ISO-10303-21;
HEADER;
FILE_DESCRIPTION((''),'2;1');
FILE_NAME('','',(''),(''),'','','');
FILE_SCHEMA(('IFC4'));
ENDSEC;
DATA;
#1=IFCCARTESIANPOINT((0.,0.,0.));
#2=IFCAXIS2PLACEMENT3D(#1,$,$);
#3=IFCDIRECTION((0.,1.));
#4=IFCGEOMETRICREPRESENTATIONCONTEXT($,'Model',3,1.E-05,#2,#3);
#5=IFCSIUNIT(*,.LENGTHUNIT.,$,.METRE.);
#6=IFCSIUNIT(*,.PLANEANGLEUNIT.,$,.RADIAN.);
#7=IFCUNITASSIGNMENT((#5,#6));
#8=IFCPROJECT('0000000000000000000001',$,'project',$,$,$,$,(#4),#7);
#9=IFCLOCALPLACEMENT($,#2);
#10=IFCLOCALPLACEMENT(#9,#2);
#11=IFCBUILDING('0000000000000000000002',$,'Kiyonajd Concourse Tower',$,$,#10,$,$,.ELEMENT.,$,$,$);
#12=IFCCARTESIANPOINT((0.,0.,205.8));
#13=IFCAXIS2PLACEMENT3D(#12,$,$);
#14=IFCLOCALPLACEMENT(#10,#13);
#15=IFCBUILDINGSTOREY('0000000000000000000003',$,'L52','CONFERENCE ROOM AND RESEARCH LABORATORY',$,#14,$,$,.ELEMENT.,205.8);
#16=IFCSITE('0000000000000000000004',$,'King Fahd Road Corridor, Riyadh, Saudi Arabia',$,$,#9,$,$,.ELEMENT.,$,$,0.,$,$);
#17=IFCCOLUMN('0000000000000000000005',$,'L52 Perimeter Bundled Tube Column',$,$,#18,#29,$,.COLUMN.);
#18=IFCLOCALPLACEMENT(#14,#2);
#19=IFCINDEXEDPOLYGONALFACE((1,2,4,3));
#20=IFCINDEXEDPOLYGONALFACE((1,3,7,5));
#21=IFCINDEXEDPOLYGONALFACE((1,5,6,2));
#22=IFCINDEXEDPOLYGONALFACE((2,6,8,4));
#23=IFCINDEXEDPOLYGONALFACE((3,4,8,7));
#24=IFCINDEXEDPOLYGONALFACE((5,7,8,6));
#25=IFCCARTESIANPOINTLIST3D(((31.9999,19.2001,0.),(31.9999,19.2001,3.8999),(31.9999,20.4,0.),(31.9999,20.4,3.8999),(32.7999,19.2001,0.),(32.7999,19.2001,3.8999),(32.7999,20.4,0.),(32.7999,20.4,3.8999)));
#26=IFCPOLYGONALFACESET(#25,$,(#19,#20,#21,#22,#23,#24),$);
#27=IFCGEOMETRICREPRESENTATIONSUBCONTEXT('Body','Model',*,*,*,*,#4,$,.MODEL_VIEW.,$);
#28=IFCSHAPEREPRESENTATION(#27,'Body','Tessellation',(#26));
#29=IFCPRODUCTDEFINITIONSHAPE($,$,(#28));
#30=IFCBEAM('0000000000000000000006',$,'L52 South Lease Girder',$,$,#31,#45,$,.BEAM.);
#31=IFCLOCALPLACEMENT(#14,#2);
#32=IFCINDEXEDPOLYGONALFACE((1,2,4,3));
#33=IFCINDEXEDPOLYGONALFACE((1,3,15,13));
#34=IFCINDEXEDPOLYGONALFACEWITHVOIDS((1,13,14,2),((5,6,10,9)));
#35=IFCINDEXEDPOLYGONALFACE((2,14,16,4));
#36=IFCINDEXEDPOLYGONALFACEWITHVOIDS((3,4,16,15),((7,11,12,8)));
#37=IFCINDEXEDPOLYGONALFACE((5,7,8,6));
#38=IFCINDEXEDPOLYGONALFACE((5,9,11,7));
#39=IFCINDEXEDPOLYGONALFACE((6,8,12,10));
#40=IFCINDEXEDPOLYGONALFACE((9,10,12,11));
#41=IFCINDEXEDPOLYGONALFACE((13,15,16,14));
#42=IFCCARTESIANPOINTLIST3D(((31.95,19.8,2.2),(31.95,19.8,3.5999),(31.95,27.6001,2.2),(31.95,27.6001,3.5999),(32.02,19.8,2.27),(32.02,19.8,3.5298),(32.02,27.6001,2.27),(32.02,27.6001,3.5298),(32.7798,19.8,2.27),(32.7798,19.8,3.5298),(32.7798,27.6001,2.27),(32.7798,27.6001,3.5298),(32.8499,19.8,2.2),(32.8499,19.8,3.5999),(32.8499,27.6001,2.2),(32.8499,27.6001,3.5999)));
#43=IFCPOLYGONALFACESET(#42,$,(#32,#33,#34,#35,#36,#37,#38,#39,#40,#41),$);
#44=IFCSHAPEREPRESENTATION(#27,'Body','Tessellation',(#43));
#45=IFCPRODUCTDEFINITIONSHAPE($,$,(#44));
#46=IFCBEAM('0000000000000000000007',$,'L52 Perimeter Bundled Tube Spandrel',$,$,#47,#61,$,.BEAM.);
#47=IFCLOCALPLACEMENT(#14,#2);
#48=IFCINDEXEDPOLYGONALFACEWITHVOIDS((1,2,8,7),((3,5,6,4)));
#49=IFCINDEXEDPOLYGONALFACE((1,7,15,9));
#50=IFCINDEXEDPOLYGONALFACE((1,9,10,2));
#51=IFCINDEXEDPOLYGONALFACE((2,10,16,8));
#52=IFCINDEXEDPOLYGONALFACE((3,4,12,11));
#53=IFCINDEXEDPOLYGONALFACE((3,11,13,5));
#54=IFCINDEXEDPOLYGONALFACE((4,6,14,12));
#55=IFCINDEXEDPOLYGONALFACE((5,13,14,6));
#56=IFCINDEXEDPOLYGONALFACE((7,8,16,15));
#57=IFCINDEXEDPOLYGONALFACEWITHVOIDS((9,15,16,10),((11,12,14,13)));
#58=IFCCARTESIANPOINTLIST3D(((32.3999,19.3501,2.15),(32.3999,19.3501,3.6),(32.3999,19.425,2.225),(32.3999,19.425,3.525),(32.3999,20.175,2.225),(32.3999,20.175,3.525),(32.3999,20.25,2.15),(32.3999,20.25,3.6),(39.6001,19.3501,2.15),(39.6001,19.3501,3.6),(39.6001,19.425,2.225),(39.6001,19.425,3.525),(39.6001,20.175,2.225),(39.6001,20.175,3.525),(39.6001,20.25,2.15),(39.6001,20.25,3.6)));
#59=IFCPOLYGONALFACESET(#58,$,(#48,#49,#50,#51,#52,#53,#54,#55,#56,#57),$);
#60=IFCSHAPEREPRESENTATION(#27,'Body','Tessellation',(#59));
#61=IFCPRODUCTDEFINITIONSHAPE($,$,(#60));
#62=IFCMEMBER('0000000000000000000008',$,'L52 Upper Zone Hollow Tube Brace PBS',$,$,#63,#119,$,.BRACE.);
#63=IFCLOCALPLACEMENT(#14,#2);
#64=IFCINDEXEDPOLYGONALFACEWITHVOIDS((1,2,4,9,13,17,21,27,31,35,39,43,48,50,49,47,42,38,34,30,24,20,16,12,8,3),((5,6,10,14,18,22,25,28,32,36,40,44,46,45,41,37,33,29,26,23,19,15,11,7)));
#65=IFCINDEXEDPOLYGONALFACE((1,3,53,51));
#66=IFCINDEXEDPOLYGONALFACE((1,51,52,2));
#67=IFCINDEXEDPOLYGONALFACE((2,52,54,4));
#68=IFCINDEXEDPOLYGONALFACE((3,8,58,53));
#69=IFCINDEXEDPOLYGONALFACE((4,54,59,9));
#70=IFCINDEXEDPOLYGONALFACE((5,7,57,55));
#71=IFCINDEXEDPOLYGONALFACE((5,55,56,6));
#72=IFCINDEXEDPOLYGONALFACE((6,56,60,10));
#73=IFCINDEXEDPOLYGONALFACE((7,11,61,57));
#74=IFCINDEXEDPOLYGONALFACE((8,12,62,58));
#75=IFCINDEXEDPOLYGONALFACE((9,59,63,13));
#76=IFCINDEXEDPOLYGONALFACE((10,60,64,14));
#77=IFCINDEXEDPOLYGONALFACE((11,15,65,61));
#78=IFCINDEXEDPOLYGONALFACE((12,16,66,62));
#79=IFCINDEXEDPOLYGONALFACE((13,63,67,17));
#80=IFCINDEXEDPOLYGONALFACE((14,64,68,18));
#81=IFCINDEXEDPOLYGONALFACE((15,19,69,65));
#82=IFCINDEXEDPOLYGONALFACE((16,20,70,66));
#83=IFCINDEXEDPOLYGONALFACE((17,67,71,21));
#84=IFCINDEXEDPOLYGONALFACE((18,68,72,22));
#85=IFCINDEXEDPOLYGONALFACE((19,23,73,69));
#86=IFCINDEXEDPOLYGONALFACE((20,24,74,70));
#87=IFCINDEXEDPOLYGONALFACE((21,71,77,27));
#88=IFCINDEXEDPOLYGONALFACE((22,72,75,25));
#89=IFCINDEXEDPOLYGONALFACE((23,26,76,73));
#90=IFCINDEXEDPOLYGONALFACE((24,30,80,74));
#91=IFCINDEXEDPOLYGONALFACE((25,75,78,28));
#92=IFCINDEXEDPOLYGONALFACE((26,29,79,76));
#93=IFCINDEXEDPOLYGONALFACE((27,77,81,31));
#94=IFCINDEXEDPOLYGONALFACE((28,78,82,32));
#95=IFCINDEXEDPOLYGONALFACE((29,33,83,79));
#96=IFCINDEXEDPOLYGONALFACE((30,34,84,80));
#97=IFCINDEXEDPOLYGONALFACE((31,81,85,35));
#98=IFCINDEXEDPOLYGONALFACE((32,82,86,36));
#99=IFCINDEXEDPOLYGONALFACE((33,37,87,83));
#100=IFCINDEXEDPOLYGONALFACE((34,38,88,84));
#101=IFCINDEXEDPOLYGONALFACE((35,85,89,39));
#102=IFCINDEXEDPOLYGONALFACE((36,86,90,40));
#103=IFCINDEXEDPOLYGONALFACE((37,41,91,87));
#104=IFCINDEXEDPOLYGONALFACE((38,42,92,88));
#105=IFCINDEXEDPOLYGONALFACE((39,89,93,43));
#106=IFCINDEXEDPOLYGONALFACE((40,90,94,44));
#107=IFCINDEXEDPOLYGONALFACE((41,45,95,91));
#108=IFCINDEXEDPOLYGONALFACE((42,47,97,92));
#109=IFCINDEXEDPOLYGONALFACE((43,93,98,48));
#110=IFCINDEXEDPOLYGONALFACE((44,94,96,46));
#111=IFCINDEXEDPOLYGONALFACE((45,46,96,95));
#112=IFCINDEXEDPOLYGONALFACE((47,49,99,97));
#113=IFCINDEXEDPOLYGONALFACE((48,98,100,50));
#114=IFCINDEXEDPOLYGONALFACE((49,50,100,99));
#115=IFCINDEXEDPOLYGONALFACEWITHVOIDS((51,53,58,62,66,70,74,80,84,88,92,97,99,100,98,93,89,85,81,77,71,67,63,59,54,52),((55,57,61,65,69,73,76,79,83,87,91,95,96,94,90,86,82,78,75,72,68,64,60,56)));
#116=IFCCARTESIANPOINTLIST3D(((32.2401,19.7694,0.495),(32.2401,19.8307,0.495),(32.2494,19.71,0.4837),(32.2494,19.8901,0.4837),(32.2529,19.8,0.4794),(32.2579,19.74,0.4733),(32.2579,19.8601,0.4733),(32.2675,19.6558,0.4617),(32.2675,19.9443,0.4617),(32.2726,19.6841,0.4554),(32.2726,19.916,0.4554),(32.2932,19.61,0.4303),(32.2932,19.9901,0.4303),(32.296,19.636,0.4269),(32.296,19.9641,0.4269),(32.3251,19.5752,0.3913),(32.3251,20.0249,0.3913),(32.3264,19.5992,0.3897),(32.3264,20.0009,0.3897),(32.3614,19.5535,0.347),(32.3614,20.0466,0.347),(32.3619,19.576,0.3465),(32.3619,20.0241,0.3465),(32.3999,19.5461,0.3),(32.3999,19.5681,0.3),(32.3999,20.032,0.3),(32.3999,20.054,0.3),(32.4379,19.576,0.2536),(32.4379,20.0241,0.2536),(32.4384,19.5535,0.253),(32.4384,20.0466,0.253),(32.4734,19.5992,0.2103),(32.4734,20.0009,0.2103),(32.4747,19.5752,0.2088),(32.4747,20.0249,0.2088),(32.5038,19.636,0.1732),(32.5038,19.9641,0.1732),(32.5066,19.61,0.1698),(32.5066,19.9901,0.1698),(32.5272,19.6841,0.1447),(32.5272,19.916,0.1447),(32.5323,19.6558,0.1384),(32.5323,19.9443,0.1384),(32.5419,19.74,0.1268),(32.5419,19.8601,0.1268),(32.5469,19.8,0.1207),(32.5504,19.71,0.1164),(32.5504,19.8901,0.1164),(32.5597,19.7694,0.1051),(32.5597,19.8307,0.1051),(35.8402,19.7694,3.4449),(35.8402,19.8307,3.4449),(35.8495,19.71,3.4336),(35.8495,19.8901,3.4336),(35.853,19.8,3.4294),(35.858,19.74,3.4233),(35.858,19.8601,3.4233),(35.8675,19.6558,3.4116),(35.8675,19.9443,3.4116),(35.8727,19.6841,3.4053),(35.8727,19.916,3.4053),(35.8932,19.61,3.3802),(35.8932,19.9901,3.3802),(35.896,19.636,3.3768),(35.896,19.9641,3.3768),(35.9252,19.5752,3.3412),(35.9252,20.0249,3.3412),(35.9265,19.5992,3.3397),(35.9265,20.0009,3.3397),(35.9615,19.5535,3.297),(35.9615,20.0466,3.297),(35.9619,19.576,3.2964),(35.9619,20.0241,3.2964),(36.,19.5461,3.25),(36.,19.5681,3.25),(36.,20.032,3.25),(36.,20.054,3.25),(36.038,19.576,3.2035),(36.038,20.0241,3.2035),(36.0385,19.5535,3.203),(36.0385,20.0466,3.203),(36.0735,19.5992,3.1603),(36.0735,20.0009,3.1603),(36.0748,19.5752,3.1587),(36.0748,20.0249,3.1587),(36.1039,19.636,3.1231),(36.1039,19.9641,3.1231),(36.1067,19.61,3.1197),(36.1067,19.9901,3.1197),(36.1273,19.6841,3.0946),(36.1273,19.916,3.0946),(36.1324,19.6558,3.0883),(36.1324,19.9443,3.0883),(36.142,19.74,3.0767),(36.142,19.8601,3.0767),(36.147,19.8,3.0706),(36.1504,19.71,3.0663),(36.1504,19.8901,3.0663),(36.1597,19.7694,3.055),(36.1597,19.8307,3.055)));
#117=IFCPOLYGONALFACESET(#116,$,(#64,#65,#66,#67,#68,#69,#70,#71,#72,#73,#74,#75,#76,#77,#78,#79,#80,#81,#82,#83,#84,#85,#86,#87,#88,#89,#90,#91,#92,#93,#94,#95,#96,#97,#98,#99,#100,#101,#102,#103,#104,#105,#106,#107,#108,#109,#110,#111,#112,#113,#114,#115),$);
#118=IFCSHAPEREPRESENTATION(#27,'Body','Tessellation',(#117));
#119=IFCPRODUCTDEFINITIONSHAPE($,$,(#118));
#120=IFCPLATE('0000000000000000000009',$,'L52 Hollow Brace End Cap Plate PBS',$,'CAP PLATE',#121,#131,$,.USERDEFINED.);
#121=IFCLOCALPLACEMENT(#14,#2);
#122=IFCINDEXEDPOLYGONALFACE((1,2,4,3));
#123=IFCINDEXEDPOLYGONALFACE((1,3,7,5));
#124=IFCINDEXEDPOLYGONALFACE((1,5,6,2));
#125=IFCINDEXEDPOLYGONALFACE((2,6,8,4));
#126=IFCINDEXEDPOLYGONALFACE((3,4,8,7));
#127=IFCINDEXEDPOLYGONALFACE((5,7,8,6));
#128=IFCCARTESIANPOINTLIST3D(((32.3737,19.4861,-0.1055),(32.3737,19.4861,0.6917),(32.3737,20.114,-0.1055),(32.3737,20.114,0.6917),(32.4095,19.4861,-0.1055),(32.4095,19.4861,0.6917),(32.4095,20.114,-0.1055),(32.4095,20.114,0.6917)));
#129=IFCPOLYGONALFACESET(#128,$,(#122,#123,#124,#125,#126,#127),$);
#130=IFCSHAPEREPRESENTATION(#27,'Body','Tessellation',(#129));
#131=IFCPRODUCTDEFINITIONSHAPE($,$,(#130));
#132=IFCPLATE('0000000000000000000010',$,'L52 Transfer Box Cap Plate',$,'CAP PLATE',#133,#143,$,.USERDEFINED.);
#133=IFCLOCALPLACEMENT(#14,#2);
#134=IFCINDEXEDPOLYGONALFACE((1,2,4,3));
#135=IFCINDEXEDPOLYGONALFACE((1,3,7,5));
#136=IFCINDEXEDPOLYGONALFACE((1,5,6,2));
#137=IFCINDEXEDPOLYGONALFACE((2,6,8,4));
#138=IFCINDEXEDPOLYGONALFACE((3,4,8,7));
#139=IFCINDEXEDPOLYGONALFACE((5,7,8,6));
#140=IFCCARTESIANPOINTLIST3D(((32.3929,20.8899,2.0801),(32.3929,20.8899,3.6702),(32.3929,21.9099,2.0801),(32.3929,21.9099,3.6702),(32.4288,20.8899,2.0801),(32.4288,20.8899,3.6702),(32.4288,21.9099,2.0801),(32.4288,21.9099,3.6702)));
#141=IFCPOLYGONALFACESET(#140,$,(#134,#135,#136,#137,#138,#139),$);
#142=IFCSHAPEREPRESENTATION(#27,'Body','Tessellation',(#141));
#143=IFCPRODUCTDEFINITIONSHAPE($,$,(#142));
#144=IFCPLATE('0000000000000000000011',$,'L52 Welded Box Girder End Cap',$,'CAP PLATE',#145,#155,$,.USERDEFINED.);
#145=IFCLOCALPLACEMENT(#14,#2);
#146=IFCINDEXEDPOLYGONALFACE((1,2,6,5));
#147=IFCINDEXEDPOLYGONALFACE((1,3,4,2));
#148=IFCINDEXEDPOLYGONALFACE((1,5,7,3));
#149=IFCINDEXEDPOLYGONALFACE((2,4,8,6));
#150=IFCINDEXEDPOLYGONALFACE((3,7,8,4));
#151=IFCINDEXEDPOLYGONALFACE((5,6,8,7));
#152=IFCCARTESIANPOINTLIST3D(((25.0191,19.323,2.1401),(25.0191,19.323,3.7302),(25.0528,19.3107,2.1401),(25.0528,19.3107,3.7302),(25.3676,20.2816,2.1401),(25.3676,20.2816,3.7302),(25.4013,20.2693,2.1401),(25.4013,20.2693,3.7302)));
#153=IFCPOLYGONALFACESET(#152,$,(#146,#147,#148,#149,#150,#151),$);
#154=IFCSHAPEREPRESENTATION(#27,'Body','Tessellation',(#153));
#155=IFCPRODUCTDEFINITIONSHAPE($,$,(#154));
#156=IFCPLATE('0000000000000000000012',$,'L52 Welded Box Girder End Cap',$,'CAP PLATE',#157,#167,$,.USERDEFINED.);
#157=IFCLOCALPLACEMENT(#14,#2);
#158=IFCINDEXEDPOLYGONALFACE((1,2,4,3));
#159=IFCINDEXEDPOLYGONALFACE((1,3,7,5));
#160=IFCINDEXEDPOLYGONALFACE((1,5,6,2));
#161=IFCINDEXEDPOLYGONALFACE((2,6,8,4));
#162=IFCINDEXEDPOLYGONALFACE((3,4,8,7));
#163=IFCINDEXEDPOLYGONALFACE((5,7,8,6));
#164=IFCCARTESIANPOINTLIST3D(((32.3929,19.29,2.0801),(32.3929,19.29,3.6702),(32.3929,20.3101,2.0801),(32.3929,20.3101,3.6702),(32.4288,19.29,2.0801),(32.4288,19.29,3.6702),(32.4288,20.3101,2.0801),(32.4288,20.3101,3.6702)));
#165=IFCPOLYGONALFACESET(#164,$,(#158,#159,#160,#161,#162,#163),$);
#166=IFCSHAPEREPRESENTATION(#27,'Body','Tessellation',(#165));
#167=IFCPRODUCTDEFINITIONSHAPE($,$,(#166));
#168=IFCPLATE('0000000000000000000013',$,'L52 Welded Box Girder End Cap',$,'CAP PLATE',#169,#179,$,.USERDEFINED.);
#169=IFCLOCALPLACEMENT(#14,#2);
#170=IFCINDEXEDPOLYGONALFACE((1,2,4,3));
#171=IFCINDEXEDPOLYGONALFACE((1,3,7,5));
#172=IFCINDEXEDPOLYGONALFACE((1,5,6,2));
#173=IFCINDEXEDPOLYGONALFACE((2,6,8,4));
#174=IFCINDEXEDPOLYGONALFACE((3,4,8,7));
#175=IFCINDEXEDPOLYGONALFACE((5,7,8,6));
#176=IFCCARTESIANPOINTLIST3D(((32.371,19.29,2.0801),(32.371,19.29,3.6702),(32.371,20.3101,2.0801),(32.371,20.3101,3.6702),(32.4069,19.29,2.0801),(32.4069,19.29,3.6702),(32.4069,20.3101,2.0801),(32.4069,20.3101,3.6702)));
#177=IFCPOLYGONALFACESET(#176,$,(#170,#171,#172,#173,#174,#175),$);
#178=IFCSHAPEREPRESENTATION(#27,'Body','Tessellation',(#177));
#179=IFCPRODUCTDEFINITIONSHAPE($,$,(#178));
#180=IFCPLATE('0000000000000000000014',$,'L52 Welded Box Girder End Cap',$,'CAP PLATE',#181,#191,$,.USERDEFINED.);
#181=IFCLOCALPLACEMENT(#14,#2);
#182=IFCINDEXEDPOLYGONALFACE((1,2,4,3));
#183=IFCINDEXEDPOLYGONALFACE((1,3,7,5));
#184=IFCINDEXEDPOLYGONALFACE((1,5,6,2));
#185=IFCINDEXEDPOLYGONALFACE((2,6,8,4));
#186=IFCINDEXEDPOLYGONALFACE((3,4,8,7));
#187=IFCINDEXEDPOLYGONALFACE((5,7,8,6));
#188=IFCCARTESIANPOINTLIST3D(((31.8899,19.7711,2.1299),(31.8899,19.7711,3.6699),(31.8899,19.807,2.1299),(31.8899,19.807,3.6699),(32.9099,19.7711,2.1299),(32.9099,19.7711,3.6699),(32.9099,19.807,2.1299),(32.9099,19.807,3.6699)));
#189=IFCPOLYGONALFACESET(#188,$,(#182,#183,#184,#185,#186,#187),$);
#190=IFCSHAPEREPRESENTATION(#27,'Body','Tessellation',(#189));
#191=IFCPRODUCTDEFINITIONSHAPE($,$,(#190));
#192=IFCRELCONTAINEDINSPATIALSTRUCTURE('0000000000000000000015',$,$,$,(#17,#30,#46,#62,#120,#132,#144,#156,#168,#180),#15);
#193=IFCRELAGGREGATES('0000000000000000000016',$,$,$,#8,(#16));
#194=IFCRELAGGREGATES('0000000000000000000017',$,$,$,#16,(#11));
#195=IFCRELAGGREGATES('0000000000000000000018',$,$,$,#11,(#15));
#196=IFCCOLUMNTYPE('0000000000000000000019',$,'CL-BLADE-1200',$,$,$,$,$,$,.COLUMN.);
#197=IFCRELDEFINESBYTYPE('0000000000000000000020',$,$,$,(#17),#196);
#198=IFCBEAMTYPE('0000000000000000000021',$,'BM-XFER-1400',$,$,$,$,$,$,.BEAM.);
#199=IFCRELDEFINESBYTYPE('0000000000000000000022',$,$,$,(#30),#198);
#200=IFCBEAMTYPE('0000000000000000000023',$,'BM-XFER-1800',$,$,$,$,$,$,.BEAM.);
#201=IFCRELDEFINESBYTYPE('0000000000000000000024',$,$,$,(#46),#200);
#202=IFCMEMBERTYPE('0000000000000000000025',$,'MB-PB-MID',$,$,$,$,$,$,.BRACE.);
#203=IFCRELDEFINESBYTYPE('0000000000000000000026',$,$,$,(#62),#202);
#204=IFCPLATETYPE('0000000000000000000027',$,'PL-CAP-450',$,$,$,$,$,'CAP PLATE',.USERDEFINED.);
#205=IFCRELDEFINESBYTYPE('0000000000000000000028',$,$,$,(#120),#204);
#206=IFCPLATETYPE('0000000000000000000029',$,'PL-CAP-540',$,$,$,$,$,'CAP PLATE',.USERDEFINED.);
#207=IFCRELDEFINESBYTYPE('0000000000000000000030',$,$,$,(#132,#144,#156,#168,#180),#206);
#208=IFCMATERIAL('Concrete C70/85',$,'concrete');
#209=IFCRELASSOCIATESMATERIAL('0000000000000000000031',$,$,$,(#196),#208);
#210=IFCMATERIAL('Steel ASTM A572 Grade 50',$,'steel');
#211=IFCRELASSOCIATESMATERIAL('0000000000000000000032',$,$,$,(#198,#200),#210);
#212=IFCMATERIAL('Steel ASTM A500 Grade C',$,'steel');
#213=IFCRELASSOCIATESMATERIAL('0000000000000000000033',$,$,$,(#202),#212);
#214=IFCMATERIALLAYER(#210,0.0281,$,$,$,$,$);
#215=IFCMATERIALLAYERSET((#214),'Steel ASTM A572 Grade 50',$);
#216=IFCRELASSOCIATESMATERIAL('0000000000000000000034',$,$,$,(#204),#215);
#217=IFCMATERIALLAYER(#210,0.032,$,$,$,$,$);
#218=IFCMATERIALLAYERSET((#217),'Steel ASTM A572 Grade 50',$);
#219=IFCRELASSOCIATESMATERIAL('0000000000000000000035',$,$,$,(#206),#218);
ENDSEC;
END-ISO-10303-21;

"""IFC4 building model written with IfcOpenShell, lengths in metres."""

from ifc_helpers import new_model, si_unit, direction, frame, origin, origin_2d, place, context, subcontext, project, spatial, rectangle, hollow_rectangle, hollow_circle, extrude, material, layer, layer_set, material_profile, profile_set, type_object, element, save


model = new_model("IFC4")

# Units and contexts
model_context = context("Model", 3, precision=1e-05, world=origin(), true_north=direction((0.0, 1.0)))
body_context = subcontext(model_context, "Body", "Model", "MODEL_VIEW")
ifc_project = project(units=[si_unit("LENGTHUNIT", "METRE"), si_unit("PLANEANGLEUNIT", "RADIAN")], contexts=[model_context])

# Site, building, storey
site_placement = place(None, origin())
site = spatial("IfcSite", under=ifc_project, at=site_placement, Name="King Fahd Road Corridor, Riyadh, Saudi Arabia", CompositionType="ELEMENT", RefElevation=0.0)
building_placement = place(site_placement, origin())
building = spatial("IfcBuilding", under=site, at=building_placement, Name="Kiyonajd Concourse Tower", CompositionType="ELEMENT")
storey_placement = place(building_placement, frame((0.0, 0.0, 205.8)))
storey = spatial("IfcBuildingStorey", under=building, at=storey_placement, Name="L52", Description="CONFERENCE ROOM AND RESEARCH LABORATORY", CompositionType="ELEMENT", Elevation=205.8)

# Column
ifc_material_1 = material(Name="Concrete C70/85", Category="concrete")
ifc_material_profile_1 = material_profile(ifc_material_1, rectangle(XDim=0.8, YDim=1.2, at=origin_2d()), Name="RC-1200x800")
ifc_profile_set_1 = profile_set([ifc_material_profile_1], Name="Concrete C70/85")
column_type = type_object("IfcColumnType", Name="CL-BLADE-1200", PredefinedType="COLUMN", material=ifc_profile_set_1)
column_placement = place(storey_placement, frame((32.3999, 19.8, 0.0), z_axis=(0.0, 0.0, 1.0), x_axis=(1.0, 0.0, 0.0)))
element("IfcColumn", 1, at=column_placement, inside=storey, type_object=column_type, Name="L52 Perimeter Bundled Tube Column", PredefinedType="COLUMN", context=body_context, shape_type="SweptSolid", body=[
    extrude(rectangle(XDim=0.8, YDim=1.2, at=origin_2d()), origin(), (0.0, 0.0, 1.0), 3.8999),
])

# Beams
ifc_material_2 = material(Name="Steel ASTM A572 Grade 50", Category="steel")
ifc_material_profile_2 = material_profile(ifc_material_2, hollow_rectangle(XDim=0.8999, YDim=1.3999, WallThickness=0.0701, at=origin_2d()), Name="BOX-1400x900x70")
ifc_profile_set_2 = profile_set([ifc_material_profile_2], Name="Steel ASTM A572 Grade 50")
beam_type_1 = type_object("IfcBeamType", Name="BM-XFER-1400", PredefinedType="BEAM", material=ifc_profile_set_2)
beam_1_placement = place(storey_placement, frame((32.3999, 19.8, 2.8999), z_axis=(0.0, 1.0, 0.0), x_axis=(-1.0, 0.0, 0.0)))
element("IfcBeam", 2, at=beam_1_placement, inside=storey, type_object=beam_type_1, Name="L52 South Lease Girder", PredefinedType="BEAM", context=body_context, shape_type="SweptSolid", body=[
    extrude(hollow_rectangle(XDim=0.8999, YDim=1.3999, WallThickness=0.0701, at=origin_2d()), origin(), (0.0, 0.0, 1.0), 7.8),
])
ifc_material_profile_3 = material_profile(ifc_material_2, hollow_rectangle(XDim=0.8999, YDim=1.45, WallThickness=0.075, at=origin_2d()), Name="BOX-1450x900x75")
ifc_profile_set_3 = profile_set([ifc_material_profile_3], Name="Steel ASTM A572 Grade 50")
beam_type_2 = type_object("IfcBeamType", Name="BM-XFER-1800", PredefinedType="BEAM", material=ifc_profile_set_3)
beam_2_placement = place(storey_placement, frame((32.3999, 19.8, 2.875), z_axis=(1.0, 0.0, 0.0), x_axis=(0.0, 1.0, 0.0)))
element("IfcBeam", 3, at=beam_2_placement, inside=storey, type_object=beam_type_2, Name="L52 Perimeter Bundled Tube Spandrel", PredefinedType="BEAM", context=body_context, shape_type="SweptSolid", body=[
    extrude(hollow_rectangle(XDim=0.8999, YDim=1.45, WallThickness=0.075, at=origin_2d()), origin(), (0.0, 0.0, 1.0), 7.2002),
])

# Member
ifc_material_3 = material(Name="Steel ASTM A500 Grade C", Category="steel")
ifc_material_profile_4 = material_profile(ifc_material_3, hollow_circle(Radius=0.2539, WallThickness=0.022, at=origin_2d()), Name="CHS-508x22")
ifc_profile_set_4 = profile_set([ifc_material_profile_4], Name="Steel ASTM A500 Grade C")
member_type = type_object("IfcMemberType", Name="MB-PB-MID", PredefinedType="BRACE", material=ifc_profile_set_4)
member_placement = place(storey_placement, frame((32.3999, 19.8, 0.3), z_axis=(0.773492, 0.0, 0.633806), x_axis=(0.0, 1.0, 0.0)))
element("IfcMember", 4, at=member_placement, inside=storey, type_object=member_type, Name="L52 Upper Zone Hollow Tube Brace PBS", PredefinedType="BRACE", context=body_context, shape_type="SweptSolid", body=[
    extrude(hollow_circle(Radius=0.2539, WallThickness=0.022, at=origin_2d()), origin(), (0.0, 0.0, 1.0), 4.6543),
])

# Plates
ifc_layer_1 = layer(ifc_material_2, 0.0281)
ifc_layer_set_1 = layer_set([ifc_layer_1], Name="Steel ASTM A572 Grade 50")
plate_type_1 = type_object("IfcPlateType", Name="PL-CAP-450", ElementType="CAP PLATE", PredefinedType="USERDEFINED", material=ifc_layer_set_1)
plate_placement = place(storey_placement, frame((32.3916, 19.8, -0.1055), z_axis=(0.0, 0.0, 1.0), x_axis=(-1.0, 0.0, 0.0)))
element("IfcPlate", 5, at=plate_placement, inside=storey, type_object=plate_type_1, Name="L52 Hollow Brace End Cap Plate PBS", ObjectType="CAP PLATE", PredefinedType="USERDEFINED", context=body_context, shape_type="SweptSolid", body=[
    extrude(rectangle(XDim=0.0359, YDim=0.6279, at=origin_2d()), origin(), (0.0, 0.0, 1.0), 0.7971),
])
ifc_layer_2 = layer(ifc_material_2, 0.032)
ifc_layer_set_2 = layer_set([ifc_layer_2], Name="Steel ASTM A572 Grade 50")
plate_type_2 = type_object("IfcPlateType", Name="PL-CAP-540", ElementType="CAP PLATE", PredefinedType="USERDEFINED", material=ifc_layer_set_2)
for number, where, z_axis, x_axis, name in (
    (6, (32.4109, 21.3999, 2.0801), (0.0, 0.0, 1.0), (1.0, 0.0, 0.0), "L52 Transfer Box Cap Plate"),
    (7, (25.2102, 19.7961, 2.1401), (0.0, 0.0, 1.0), (0.939812, -0.341692, 0.0), "L52 Welded Box Girder End Cap"),
    (8, (32.4109, 19.8, 2.0801), (0.0, 0.0, 1.0), (1.0, 0.0, 0.0), "L52 Welded Box Girder End Cap"),
    (9, (32.3889, 19.8, 2.0801), (0.0, 0.0, 1.0), (-1.0, 0.0, 0.0), "L52 Welded Box Girder End Cap"),
):
    element("IfcPlate", number, at=place(storey_placement, frame(where, z_axis=z_axis, x_axis=x_axis)), inside=storey, type_object=plate_type_2, Name=name, ObjectType="CAP PLATE", PredefinedType="USERDEFINED", context=body_context, shape_type="SweptSolid", body=[
        extrude(rectangle(XDim=0.0359, YDim=1.02, at=origin_2d()), origin(), (0.0, 0.0, 1.0), 1.5901),
    ])
for number, where, z_axis, x_axis, name in (
    (10, (32.3999, 19.7891, 2.1299), (0.0, 0.0, 1.0), (0.0, -1.0, 0.0), "L52 Welded Box Girder End Cap"),
):
    element("IfcPlate", number, at=place(storey_placement, frame(where, z_axis=z_axis, x_axis=x_axis)), inside=storey, type_object=plate_type_2, Name=name, ObjectType="CAP PLATE", PredefinedType="USERDEFINED", context=body_context, shape_type="SweptSolid", body=[
        extrude(rectangle(XDim=0.0359, YDim=1.02, at=origin_2d()), origin(), (0.0, 0.0, 1.0), 1.54),
    ])

save(model, "model.ifc")
